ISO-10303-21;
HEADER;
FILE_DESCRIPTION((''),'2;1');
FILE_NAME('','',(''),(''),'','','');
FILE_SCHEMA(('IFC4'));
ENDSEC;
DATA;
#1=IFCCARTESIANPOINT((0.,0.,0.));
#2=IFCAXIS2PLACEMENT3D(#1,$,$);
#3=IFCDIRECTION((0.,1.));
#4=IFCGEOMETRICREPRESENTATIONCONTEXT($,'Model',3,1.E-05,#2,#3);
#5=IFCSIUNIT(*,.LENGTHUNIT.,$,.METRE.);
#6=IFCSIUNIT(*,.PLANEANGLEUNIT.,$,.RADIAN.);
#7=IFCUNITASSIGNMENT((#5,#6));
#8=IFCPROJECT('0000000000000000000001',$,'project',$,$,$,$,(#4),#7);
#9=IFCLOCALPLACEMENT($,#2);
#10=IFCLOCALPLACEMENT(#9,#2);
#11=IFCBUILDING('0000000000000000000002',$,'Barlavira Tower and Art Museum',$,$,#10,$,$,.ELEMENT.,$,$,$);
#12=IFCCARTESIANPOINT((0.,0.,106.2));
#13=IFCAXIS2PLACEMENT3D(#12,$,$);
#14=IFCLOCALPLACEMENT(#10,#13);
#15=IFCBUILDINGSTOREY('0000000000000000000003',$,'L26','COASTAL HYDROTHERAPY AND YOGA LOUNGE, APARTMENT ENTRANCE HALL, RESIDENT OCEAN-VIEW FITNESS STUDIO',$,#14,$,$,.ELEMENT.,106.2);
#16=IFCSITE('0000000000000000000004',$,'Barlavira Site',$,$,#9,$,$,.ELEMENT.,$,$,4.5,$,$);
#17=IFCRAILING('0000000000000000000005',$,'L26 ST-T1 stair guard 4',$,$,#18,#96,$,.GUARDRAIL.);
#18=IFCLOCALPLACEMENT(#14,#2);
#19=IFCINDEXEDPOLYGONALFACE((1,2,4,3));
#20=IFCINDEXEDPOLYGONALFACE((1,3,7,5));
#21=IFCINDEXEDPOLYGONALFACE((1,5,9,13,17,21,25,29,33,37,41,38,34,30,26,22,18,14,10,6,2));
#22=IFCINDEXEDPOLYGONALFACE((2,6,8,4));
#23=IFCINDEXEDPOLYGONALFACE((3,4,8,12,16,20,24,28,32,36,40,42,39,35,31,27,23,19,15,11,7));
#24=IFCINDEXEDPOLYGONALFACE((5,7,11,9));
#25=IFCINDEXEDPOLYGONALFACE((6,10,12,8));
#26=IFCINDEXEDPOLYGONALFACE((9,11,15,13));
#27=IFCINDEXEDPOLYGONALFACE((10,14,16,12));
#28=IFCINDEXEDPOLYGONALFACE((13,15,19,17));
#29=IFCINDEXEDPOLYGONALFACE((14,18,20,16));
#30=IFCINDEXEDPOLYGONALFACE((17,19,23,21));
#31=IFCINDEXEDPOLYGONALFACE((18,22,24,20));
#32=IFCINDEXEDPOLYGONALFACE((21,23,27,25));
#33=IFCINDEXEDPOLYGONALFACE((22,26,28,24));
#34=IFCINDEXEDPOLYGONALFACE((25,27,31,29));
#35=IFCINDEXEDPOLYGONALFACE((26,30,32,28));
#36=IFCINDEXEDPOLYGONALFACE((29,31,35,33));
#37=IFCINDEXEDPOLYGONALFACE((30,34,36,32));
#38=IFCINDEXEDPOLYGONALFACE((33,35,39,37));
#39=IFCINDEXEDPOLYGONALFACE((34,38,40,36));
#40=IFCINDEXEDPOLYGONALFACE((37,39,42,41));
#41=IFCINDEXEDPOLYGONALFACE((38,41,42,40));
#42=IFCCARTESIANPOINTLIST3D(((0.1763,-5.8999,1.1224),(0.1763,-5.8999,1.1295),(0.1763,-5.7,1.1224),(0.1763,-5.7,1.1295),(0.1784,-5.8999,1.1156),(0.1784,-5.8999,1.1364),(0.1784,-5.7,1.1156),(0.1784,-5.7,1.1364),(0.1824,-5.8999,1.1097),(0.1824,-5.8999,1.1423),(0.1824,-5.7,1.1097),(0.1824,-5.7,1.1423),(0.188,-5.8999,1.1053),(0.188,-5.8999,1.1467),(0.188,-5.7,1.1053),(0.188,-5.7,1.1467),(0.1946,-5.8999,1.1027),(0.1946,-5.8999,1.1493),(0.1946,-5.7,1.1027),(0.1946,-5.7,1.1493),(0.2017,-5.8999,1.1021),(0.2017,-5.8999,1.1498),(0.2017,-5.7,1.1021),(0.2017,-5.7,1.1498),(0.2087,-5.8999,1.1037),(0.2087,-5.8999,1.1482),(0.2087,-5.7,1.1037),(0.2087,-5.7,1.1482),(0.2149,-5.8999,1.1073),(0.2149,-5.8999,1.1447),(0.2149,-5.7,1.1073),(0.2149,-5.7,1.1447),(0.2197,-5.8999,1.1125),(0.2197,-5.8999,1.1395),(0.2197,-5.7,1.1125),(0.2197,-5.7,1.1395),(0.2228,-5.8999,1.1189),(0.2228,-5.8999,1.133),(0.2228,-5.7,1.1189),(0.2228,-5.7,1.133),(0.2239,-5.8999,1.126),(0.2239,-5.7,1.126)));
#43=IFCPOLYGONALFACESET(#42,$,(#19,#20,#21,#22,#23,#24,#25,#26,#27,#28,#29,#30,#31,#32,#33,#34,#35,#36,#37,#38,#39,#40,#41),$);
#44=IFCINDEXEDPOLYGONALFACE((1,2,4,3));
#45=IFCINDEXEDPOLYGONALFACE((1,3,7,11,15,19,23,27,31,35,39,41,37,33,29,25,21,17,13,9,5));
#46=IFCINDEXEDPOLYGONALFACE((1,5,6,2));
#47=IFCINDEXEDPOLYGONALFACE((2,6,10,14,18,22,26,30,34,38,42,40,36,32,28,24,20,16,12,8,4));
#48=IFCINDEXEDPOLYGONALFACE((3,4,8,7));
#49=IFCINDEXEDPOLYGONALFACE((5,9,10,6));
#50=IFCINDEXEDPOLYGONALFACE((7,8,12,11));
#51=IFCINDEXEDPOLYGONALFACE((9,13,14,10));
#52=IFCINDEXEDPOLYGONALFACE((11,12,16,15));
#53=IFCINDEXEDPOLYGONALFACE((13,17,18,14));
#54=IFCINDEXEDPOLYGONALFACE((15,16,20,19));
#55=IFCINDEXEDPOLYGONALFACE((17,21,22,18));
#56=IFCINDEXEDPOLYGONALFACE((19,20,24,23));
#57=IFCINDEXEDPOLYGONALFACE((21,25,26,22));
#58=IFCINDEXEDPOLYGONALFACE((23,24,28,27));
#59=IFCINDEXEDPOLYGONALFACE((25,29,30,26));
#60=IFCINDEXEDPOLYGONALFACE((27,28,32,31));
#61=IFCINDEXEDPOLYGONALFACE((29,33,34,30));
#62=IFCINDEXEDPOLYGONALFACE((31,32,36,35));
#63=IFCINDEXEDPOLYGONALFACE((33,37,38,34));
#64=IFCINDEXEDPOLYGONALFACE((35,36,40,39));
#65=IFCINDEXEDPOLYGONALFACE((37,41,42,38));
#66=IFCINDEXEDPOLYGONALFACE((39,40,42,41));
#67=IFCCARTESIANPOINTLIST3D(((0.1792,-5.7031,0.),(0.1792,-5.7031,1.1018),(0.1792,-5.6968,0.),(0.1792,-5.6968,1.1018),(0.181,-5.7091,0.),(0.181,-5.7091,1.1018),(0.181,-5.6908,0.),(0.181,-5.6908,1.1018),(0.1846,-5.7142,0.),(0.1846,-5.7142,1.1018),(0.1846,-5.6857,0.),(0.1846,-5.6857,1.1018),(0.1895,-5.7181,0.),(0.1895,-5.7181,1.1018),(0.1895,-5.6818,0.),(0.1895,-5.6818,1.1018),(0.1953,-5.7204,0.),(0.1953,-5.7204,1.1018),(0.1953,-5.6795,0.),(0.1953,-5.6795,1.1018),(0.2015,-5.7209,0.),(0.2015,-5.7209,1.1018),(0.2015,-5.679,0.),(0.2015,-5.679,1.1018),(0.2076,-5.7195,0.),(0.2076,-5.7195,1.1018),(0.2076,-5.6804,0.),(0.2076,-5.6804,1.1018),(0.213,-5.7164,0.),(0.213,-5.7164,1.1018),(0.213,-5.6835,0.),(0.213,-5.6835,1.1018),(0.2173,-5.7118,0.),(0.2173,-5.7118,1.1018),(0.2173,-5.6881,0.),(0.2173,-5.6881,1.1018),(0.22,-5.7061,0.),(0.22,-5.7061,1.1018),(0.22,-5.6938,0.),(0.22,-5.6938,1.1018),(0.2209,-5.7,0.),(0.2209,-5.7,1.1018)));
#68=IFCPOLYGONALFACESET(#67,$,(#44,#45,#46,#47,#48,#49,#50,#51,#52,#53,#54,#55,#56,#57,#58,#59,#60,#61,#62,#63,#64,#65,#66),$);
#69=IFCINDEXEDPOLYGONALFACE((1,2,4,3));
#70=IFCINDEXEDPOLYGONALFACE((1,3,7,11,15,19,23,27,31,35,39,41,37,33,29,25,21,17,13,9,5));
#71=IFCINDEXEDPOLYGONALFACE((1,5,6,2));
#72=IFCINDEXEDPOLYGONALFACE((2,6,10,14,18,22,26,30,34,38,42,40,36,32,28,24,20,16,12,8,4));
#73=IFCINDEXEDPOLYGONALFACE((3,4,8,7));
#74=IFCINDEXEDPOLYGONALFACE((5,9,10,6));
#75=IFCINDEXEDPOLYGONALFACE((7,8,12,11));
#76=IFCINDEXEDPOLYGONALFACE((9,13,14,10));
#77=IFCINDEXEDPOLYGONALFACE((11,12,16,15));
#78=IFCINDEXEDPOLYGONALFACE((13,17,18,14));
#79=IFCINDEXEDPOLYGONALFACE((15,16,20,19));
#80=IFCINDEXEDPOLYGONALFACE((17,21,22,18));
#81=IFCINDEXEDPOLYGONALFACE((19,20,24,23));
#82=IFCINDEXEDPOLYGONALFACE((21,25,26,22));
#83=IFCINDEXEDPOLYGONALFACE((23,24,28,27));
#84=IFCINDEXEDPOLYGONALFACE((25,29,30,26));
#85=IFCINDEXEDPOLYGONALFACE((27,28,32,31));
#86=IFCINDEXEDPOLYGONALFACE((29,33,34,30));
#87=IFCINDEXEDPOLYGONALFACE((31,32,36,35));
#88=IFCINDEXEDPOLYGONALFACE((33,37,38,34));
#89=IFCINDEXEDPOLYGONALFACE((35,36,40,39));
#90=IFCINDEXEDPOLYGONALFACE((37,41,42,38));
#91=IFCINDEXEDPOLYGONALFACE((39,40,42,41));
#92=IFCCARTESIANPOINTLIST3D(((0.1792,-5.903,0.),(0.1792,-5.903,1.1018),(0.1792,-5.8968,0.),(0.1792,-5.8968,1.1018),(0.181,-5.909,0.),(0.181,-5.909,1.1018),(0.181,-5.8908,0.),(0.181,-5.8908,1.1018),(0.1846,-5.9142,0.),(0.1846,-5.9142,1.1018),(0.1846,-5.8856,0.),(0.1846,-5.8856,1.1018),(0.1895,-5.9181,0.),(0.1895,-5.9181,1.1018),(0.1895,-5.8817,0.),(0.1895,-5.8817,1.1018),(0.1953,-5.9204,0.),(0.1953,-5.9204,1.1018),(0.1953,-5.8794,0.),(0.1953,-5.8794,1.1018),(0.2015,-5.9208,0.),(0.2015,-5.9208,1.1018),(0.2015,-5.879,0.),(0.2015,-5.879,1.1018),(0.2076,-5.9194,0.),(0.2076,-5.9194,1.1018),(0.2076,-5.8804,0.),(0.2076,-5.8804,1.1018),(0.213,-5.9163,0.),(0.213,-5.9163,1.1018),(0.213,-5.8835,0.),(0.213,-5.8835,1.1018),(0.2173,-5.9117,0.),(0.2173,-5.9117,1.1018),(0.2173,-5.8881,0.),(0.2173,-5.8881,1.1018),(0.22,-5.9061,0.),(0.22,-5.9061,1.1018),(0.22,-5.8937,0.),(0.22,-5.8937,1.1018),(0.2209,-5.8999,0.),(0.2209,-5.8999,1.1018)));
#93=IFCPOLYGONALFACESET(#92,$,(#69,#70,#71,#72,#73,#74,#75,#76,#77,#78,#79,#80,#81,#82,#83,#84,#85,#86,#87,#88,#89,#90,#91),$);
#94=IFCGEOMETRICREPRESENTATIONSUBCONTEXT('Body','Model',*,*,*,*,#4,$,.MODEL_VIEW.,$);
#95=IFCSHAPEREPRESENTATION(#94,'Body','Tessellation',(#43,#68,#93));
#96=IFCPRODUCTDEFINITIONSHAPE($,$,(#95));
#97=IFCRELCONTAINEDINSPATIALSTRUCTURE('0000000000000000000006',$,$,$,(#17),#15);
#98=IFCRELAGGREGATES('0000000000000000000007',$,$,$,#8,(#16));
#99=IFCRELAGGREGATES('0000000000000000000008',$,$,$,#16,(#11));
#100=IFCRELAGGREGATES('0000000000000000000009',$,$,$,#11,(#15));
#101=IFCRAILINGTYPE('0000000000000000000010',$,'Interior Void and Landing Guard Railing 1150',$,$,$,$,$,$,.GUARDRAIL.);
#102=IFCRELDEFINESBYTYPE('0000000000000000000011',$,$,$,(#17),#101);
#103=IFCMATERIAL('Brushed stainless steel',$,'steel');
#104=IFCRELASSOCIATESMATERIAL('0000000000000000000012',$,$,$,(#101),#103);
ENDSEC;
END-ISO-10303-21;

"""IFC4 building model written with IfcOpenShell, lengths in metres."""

from ifc_helpers import new_model, si_unit, direction, frame, origin, origin_2d, place, context, subcontext, project, spatial, circle, extrude, material, type_object, element, save


model = new_model("IFC4")

# Units and contexts
model_context = context("Model", 3, precision=1e-05, world=origin(), true_north=direction((0.0, 1.0)))
body_context = subcontext(model_context, "Body", "Model", "MODEL_VIEW")
ifc_project = project(units=[si_unit("LENGTHUNIT", "METRE"), si_unit("PLANEANGLEUNIT", "RADIAN")], contexts=[model_context])

# Site, building, storey
site_placement = place(None, origin())
site = spatial("IfcSite", under=ifc_project, at=site_placement, Name="Barlavira Site", CompositionType="ELEMENT", RefElevation=4.5)
building_placement = place(site_placement, origin())
building = spatial("IfcBuilding", under=site, at=building_placement, Name="Barlavira Tower and Art Museum", CompositionType="ELEMENT")
storey_placement = place(building_placement, frame((0.0, 0.0, 106.2)))
storey = spatial("IfcBuildingStorey", under=building, at=storey_placement, Name="L26", Description="COASTAL HYDROTHERAPY AND YOGA LOUNGE, APARTMENT ENTRANCE HALL, RESIDENT OCEAN-VIEW FITNESS STUDIO", CompositionType="ELEMENT", Elevation=106.2)

# Shared definitions
ifc_material_1 = material(Name="Brushed stainless steel", Category="steel")

# Railing
railing_type_1 = type_object("IfcRailingType", Name="Interior Void and Landing Guard Railing 1150", PredefinedType="GUARDRAIL", material=ifc_material_1)
railing_1_placement = place(storey_placement, frame((0.2, -5.7, 0.0)))
element("IfcRailing", 1, at=railing_1_placement, inside=storey, type_object=railing_type_1, Name="L26 ST-T1 stair guard 4", PredefinedType="GUARDRAIL", context=body_context, shape_type="SweptSolid", body=[
    extrude(circle(Radius=0.0239, at=origin_2d()), frame((0.0, 0.0, 1.126), z_axis=(0.0, -1.0, 0.0), x_axis=(1.0, 0.0, 0.0)), (0.0, 0.0, 1.0), 0.2),
    extrude(circle(Radius=0.021, at=origin_2d()), origin(), (0.0, 0.0, 1.0), 1.1018),
    extrude(circle(Radius=0.021, at=origin_2d()), frame((0.0, -0.2, 0.0)), (0.0, 0.0, 1.0), 1.1018),
])

save(model, "model.ifc")
